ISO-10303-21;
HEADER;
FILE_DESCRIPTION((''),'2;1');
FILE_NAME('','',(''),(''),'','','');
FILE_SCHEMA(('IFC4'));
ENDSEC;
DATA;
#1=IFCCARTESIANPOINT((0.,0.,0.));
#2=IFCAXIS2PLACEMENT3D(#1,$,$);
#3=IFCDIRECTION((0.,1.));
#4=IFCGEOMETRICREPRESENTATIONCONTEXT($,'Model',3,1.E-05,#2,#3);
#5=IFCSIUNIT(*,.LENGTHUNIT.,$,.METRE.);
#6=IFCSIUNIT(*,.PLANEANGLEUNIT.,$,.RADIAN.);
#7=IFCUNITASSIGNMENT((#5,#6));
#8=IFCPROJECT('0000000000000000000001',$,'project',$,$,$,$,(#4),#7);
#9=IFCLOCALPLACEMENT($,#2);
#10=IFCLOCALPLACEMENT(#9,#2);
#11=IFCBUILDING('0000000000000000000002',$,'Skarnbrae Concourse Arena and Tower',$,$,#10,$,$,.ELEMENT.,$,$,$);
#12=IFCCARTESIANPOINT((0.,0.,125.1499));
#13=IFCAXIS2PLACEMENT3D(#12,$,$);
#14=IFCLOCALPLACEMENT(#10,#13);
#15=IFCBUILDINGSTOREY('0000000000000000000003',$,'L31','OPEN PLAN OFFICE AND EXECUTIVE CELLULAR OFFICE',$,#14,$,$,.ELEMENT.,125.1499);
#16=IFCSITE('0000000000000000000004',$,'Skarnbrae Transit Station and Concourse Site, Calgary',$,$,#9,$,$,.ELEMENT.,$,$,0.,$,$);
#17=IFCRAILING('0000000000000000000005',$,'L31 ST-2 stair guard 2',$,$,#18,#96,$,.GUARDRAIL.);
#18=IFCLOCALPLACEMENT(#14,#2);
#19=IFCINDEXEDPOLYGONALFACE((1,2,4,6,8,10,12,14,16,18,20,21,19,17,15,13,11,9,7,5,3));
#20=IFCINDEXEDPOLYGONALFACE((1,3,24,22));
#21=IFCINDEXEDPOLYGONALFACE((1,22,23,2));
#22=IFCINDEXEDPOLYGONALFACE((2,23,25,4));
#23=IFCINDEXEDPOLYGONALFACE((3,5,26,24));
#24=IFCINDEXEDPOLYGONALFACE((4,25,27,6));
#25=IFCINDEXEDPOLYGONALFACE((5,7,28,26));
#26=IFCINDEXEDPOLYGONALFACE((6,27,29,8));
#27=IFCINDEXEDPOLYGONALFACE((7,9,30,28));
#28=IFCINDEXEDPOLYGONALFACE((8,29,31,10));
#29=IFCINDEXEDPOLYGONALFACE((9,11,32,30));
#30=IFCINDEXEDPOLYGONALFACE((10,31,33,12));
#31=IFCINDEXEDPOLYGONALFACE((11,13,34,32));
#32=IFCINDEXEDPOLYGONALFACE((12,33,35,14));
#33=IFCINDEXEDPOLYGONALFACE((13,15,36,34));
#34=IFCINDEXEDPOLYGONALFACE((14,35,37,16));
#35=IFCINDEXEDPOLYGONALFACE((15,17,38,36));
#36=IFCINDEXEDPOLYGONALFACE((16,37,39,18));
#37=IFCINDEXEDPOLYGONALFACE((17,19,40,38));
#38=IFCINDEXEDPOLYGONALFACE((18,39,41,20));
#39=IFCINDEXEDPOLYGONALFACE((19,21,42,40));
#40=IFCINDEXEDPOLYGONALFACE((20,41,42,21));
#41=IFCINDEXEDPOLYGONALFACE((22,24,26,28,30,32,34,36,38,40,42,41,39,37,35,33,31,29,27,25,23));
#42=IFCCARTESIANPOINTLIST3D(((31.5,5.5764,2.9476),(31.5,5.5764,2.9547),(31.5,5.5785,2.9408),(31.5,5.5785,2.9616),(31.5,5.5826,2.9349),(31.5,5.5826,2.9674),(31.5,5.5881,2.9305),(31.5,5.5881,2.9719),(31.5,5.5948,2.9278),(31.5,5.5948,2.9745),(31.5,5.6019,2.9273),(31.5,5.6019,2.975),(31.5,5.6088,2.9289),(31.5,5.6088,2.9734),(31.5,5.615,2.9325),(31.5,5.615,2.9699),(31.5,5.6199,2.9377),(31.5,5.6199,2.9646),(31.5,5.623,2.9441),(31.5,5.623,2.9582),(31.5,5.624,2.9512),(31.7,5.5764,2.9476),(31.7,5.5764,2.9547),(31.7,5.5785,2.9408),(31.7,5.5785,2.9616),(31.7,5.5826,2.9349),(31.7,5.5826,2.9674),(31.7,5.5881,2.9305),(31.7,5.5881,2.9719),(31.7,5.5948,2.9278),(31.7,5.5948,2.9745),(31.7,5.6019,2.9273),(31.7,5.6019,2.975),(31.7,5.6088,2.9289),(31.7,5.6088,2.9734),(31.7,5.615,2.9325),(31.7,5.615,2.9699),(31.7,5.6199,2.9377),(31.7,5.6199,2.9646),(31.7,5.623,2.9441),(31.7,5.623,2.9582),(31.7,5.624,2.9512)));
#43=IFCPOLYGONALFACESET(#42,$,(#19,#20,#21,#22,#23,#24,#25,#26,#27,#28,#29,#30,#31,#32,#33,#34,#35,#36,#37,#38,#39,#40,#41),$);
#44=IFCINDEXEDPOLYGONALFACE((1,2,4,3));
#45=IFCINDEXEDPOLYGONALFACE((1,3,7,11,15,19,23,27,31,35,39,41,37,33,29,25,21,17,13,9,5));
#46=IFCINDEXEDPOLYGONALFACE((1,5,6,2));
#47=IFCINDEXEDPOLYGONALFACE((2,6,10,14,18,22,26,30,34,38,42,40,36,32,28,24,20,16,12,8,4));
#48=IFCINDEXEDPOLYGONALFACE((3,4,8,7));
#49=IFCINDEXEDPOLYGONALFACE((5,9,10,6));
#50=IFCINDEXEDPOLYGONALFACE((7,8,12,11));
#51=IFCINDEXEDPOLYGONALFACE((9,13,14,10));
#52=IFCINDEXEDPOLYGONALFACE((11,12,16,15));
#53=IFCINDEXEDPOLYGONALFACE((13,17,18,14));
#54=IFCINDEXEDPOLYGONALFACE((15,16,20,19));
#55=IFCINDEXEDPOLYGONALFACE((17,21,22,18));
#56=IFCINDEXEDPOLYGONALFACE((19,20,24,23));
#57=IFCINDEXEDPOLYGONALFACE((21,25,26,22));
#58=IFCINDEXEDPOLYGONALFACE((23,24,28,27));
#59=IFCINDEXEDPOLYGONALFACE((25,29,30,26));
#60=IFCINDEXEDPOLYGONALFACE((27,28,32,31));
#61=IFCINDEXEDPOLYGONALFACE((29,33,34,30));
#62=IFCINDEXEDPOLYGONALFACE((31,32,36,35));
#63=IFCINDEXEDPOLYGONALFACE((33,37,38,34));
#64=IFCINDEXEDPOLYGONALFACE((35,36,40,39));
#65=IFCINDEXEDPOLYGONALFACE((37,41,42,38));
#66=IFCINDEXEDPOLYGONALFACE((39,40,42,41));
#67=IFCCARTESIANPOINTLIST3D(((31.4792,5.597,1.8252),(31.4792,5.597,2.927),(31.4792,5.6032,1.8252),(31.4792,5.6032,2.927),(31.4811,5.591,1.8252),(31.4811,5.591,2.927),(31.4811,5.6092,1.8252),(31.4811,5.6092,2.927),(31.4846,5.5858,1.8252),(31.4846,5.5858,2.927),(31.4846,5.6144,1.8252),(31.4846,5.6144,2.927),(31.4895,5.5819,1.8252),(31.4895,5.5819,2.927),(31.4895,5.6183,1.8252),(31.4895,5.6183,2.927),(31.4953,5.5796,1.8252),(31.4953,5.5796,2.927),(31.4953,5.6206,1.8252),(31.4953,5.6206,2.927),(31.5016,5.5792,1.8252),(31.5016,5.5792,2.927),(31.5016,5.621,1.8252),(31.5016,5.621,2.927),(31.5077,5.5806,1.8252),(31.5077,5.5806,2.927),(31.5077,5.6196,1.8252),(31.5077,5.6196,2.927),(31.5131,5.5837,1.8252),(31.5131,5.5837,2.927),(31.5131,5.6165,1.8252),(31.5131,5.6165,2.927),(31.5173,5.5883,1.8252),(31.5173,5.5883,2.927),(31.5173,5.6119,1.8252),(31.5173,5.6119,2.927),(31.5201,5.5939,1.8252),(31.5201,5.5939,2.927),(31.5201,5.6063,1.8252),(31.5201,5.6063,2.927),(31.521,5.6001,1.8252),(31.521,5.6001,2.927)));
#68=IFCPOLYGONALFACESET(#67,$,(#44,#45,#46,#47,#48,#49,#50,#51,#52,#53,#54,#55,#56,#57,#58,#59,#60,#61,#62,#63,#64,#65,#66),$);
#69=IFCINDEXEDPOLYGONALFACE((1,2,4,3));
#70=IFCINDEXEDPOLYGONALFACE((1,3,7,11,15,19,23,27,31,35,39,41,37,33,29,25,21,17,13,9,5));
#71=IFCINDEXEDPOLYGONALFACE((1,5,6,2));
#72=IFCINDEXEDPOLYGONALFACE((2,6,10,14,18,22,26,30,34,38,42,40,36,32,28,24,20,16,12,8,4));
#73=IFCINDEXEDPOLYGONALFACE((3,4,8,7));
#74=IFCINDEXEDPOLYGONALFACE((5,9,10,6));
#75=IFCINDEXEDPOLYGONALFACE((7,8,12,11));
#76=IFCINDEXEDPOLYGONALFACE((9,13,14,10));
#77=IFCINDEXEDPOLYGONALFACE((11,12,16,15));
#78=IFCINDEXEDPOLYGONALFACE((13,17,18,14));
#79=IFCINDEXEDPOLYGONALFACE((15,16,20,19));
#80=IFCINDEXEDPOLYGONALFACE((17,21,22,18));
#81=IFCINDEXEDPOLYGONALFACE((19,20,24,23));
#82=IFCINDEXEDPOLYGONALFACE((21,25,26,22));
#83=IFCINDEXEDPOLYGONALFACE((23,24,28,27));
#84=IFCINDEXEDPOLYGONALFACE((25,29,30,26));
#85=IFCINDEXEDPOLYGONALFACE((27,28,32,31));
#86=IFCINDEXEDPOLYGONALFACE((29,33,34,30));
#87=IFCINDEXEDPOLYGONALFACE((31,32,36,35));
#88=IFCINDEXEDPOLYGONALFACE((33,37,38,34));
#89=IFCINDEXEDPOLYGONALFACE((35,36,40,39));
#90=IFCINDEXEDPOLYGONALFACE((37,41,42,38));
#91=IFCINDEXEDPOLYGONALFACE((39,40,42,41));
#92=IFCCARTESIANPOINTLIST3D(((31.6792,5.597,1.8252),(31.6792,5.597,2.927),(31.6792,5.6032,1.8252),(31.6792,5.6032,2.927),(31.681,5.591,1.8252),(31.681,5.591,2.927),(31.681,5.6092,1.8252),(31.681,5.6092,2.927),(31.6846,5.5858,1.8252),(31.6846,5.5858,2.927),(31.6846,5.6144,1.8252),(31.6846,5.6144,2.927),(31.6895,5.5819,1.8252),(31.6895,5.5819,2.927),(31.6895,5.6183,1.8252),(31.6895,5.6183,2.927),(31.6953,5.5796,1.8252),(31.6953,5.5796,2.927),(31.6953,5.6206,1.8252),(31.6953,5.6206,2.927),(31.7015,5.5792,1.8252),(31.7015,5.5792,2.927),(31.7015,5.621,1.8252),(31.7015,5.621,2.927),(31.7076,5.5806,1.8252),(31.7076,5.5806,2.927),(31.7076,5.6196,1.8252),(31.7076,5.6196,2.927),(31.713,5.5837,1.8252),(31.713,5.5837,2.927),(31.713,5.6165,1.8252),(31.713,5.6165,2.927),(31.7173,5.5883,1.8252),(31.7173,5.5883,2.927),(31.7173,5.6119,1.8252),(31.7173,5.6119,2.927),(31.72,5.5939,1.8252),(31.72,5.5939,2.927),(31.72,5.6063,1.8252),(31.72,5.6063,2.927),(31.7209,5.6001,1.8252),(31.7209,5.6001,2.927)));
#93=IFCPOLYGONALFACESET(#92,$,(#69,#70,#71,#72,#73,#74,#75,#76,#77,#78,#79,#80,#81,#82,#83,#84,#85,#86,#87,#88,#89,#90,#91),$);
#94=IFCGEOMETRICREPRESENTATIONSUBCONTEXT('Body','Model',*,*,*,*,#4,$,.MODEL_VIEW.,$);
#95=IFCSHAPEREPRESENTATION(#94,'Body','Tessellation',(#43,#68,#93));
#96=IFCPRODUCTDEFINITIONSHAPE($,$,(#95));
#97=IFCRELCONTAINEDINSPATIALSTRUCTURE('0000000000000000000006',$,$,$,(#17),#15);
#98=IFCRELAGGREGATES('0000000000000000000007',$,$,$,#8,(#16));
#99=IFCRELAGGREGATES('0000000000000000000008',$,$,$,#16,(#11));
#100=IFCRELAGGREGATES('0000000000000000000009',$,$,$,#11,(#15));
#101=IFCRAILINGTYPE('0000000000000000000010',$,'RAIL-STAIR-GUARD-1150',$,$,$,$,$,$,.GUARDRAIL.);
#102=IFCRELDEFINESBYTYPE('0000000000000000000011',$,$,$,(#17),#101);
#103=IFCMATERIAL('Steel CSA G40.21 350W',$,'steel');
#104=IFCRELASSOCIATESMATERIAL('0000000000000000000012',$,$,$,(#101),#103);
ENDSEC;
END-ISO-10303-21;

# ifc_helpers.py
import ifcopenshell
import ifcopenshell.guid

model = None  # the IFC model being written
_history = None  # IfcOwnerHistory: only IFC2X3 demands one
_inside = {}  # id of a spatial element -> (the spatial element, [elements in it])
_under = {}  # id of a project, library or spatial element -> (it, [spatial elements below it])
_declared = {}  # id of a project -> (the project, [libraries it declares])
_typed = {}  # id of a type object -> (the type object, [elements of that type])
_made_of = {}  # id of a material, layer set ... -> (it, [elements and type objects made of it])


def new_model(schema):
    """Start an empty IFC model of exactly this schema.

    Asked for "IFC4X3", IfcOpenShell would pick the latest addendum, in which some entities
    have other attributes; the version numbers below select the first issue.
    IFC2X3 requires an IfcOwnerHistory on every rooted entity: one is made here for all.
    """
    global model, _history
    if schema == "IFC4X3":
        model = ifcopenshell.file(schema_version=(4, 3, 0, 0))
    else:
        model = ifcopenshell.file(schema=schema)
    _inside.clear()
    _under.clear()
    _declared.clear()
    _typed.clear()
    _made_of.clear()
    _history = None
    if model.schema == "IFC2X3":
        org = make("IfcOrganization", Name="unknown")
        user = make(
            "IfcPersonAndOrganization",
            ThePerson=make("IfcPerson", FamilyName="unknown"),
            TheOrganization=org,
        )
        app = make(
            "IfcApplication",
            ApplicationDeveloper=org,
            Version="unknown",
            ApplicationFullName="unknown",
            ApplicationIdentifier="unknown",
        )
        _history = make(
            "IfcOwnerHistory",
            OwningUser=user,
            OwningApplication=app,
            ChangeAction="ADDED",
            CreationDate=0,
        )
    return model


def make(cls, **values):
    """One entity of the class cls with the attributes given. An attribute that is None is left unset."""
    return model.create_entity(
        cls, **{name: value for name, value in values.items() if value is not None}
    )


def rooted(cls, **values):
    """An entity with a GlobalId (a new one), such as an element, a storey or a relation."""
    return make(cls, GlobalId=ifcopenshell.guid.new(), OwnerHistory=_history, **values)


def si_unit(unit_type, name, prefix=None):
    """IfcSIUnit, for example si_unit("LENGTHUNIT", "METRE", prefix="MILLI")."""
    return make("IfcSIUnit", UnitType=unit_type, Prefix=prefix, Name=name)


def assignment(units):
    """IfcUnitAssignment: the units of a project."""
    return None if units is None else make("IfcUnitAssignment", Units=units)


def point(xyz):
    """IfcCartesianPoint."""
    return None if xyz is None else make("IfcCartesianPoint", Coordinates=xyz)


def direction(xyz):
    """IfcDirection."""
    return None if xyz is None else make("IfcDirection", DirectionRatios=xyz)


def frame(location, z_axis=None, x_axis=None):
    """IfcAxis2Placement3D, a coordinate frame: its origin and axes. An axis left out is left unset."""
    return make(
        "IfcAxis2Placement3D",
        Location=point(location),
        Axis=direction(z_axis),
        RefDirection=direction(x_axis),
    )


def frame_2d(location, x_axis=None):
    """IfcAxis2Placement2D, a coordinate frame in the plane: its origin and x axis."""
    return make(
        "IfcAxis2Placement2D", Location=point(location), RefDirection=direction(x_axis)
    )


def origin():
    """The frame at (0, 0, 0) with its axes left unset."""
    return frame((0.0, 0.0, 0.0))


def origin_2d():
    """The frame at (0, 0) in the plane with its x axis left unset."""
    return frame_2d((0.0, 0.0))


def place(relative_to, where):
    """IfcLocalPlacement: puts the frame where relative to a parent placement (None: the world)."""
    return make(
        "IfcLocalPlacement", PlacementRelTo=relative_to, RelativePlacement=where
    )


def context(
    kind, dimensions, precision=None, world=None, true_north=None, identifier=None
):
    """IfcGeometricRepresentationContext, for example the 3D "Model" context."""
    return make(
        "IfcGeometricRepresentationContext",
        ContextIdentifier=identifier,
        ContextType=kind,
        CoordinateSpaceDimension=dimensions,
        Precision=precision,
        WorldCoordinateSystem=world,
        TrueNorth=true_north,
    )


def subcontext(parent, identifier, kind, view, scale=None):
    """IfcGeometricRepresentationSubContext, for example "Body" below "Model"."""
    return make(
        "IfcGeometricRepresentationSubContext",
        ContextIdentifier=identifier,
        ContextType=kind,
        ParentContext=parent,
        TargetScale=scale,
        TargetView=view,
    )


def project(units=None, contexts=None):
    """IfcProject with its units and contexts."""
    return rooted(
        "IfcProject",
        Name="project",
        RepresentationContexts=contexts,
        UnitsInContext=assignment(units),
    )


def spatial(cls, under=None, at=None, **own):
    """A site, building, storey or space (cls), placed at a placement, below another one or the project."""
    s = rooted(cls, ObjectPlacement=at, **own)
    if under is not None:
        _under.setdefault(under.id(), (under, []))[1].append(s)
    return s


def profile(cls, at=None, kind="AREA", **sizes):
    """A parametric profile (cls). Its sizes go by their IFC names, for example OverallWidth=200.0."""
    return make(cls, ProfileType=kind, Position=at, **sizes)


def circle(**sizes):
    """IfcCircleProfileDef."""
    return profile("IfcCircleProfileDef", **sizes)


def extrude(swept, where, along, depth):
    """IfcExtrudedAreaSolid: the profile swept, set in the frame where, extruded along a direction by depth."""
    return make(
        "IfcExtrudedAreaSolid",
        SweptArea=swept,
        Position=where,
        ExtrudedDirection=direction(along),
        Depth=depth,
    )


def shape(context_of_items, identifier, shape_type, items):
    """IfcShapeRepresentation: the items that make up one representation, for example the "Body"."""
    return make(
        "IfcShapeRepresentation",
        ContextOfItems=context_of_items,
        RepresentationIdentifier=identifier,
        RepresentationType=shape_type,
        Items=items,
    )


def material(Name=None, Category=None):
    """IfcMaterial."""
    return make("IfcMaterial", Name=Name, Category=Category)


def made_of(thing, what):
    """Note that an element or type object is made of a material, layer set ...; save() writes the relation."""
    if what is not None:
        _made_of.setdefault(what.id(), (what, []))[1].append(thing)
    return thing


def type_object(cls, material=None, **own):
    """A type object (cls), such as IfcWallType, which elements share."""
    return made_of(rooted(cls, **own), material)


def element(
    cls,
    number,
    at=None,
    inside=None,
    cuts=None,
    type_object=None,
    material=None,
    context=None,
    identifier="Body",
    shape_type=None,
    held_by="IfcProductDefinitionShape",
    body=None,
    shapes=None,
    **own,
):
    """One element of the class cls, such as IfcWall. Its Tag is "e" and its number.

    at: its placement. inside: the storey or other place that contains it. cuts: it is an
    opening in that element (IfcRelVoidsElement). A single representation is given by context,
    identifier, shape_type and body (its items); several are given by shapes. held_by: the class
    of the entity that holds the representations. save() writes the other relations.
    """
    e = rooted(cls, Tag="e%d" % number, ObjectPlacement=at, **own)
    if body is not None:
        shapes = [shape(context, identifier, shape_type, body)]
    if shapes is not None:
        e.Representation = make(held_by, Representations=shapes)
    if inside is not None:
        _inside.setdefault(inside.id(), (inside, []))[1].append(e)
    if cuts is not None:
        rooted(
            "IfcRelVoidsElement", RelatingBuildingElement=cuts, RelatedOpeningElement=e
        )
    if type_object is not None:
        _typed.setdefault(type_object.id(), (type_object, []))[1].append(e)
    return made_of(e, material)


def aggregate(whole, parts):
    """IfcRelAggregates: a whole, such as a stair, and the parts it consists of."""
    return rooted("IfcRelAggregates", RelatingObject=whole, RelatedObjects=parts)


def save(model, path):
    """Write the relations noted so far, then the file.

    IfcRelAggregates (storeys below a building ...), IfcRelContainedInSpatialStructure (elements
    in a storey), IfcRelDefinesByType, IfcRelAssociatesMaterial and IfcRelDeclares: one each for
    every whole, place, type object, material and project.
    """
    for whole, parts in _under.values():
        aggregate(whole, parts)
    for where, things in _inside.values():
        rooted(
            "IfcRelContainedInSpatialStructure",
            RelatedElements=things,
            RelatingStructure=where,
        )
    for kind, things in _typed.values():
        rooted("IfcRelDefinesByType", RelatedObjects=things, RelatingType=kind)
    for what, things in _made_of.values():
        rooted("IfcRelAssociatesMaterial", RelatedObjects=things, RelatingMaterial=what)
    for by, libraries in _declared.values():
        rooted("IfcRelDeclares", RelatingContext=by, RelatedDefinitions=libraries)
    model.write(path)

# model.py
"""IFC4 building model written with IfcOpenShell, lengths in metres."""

from ifc_helpers import new_model, si_unit, direction, frame, origin, origin_2d, place, context, subcontext, project, spatial, circle, extrude, material, type_object, element, save


model = new_model("IFC4")

# Units and contexts
model_context = context("Model", 3, precision=1e-05, world=origin(), true_north=direction((0.0, 1.0)))
body_context = subcontext(model_context, "Body", "Model", "MODEL_VIEW")
ifc_project = project(units=[si_unit("LENGTHUNIT", "METRE"), si_unit("PLANEANGLEUNIT", "RADIAN")], contexts=[model_context])

# Site, building, storey
site_placement = place(None, origin())
site = spatial("IfcSite", under=ifc_project, at=site_placement, Name="Skarnbrae Transit Station and Concourse Site, Calgary", CompositionType="ELEMENT", RefElevation=0.0)
building_placement = place(site_placement, origin())
building = spatial("IfcBuilding", under=site, at=building_placement, Name="Skarnbrae Concourse Arena and Tower", CompositionType="ELEMENT")
storey_placement = place(building_placement, frame((0.0, 0.0, 125.1499)))
storey = spatial("IfcBuildingStorey", under=building, at=storey_placement, Name="L31", Description="OPEN PLAN OFFICE AND EXECUTIVE CELLULAR OFFICE", CompositionType="ELEMENT", Elevation=125.1499)

# Shared definitions
ifc_material_1 = material(Name="Steel CSA G40.21 350W", Category="steel")

# Railing
railing_type_1 = type_object("IfcRailingType", Name="RAIL-STAIR-GUARD-1150", PredefinedType="GUARDRAIL", material=ifc_material_1)
railing_1_placement = place(storey_placement, frame((31.5, 5.6001, 1.8252)))
element("IfcRailing", 1, at=railing_1_placement, inside=storey, type_object=railing_type_1, Name="L31 ST-2 stair guard 2", PredefinedType="GUARDRAIL", context=body_context, shape_type="SweptSolid", body=[
    extrude(circle(Radius=0.0239, at=origin_2d()), frame((0.0, 0.0, 1.126), z_axis=(1.0, 0.0, 0.0), x_axis=(0.0, 1.0, 0.0)), (0.0, 0.0, 1.0), 0.2),
    extrude(circle(Radius=0.021, at=origin_2d()), origin(), (0.0, 0.0, 1.0), 1.1018),
    extrude(circle(Radius=0.021, at=origin_2d()), frame((0.2, 0.0, 0.0)), (0.0, 0.0, 1.0), 1.1018),
])

save(model, "model.ifc")
